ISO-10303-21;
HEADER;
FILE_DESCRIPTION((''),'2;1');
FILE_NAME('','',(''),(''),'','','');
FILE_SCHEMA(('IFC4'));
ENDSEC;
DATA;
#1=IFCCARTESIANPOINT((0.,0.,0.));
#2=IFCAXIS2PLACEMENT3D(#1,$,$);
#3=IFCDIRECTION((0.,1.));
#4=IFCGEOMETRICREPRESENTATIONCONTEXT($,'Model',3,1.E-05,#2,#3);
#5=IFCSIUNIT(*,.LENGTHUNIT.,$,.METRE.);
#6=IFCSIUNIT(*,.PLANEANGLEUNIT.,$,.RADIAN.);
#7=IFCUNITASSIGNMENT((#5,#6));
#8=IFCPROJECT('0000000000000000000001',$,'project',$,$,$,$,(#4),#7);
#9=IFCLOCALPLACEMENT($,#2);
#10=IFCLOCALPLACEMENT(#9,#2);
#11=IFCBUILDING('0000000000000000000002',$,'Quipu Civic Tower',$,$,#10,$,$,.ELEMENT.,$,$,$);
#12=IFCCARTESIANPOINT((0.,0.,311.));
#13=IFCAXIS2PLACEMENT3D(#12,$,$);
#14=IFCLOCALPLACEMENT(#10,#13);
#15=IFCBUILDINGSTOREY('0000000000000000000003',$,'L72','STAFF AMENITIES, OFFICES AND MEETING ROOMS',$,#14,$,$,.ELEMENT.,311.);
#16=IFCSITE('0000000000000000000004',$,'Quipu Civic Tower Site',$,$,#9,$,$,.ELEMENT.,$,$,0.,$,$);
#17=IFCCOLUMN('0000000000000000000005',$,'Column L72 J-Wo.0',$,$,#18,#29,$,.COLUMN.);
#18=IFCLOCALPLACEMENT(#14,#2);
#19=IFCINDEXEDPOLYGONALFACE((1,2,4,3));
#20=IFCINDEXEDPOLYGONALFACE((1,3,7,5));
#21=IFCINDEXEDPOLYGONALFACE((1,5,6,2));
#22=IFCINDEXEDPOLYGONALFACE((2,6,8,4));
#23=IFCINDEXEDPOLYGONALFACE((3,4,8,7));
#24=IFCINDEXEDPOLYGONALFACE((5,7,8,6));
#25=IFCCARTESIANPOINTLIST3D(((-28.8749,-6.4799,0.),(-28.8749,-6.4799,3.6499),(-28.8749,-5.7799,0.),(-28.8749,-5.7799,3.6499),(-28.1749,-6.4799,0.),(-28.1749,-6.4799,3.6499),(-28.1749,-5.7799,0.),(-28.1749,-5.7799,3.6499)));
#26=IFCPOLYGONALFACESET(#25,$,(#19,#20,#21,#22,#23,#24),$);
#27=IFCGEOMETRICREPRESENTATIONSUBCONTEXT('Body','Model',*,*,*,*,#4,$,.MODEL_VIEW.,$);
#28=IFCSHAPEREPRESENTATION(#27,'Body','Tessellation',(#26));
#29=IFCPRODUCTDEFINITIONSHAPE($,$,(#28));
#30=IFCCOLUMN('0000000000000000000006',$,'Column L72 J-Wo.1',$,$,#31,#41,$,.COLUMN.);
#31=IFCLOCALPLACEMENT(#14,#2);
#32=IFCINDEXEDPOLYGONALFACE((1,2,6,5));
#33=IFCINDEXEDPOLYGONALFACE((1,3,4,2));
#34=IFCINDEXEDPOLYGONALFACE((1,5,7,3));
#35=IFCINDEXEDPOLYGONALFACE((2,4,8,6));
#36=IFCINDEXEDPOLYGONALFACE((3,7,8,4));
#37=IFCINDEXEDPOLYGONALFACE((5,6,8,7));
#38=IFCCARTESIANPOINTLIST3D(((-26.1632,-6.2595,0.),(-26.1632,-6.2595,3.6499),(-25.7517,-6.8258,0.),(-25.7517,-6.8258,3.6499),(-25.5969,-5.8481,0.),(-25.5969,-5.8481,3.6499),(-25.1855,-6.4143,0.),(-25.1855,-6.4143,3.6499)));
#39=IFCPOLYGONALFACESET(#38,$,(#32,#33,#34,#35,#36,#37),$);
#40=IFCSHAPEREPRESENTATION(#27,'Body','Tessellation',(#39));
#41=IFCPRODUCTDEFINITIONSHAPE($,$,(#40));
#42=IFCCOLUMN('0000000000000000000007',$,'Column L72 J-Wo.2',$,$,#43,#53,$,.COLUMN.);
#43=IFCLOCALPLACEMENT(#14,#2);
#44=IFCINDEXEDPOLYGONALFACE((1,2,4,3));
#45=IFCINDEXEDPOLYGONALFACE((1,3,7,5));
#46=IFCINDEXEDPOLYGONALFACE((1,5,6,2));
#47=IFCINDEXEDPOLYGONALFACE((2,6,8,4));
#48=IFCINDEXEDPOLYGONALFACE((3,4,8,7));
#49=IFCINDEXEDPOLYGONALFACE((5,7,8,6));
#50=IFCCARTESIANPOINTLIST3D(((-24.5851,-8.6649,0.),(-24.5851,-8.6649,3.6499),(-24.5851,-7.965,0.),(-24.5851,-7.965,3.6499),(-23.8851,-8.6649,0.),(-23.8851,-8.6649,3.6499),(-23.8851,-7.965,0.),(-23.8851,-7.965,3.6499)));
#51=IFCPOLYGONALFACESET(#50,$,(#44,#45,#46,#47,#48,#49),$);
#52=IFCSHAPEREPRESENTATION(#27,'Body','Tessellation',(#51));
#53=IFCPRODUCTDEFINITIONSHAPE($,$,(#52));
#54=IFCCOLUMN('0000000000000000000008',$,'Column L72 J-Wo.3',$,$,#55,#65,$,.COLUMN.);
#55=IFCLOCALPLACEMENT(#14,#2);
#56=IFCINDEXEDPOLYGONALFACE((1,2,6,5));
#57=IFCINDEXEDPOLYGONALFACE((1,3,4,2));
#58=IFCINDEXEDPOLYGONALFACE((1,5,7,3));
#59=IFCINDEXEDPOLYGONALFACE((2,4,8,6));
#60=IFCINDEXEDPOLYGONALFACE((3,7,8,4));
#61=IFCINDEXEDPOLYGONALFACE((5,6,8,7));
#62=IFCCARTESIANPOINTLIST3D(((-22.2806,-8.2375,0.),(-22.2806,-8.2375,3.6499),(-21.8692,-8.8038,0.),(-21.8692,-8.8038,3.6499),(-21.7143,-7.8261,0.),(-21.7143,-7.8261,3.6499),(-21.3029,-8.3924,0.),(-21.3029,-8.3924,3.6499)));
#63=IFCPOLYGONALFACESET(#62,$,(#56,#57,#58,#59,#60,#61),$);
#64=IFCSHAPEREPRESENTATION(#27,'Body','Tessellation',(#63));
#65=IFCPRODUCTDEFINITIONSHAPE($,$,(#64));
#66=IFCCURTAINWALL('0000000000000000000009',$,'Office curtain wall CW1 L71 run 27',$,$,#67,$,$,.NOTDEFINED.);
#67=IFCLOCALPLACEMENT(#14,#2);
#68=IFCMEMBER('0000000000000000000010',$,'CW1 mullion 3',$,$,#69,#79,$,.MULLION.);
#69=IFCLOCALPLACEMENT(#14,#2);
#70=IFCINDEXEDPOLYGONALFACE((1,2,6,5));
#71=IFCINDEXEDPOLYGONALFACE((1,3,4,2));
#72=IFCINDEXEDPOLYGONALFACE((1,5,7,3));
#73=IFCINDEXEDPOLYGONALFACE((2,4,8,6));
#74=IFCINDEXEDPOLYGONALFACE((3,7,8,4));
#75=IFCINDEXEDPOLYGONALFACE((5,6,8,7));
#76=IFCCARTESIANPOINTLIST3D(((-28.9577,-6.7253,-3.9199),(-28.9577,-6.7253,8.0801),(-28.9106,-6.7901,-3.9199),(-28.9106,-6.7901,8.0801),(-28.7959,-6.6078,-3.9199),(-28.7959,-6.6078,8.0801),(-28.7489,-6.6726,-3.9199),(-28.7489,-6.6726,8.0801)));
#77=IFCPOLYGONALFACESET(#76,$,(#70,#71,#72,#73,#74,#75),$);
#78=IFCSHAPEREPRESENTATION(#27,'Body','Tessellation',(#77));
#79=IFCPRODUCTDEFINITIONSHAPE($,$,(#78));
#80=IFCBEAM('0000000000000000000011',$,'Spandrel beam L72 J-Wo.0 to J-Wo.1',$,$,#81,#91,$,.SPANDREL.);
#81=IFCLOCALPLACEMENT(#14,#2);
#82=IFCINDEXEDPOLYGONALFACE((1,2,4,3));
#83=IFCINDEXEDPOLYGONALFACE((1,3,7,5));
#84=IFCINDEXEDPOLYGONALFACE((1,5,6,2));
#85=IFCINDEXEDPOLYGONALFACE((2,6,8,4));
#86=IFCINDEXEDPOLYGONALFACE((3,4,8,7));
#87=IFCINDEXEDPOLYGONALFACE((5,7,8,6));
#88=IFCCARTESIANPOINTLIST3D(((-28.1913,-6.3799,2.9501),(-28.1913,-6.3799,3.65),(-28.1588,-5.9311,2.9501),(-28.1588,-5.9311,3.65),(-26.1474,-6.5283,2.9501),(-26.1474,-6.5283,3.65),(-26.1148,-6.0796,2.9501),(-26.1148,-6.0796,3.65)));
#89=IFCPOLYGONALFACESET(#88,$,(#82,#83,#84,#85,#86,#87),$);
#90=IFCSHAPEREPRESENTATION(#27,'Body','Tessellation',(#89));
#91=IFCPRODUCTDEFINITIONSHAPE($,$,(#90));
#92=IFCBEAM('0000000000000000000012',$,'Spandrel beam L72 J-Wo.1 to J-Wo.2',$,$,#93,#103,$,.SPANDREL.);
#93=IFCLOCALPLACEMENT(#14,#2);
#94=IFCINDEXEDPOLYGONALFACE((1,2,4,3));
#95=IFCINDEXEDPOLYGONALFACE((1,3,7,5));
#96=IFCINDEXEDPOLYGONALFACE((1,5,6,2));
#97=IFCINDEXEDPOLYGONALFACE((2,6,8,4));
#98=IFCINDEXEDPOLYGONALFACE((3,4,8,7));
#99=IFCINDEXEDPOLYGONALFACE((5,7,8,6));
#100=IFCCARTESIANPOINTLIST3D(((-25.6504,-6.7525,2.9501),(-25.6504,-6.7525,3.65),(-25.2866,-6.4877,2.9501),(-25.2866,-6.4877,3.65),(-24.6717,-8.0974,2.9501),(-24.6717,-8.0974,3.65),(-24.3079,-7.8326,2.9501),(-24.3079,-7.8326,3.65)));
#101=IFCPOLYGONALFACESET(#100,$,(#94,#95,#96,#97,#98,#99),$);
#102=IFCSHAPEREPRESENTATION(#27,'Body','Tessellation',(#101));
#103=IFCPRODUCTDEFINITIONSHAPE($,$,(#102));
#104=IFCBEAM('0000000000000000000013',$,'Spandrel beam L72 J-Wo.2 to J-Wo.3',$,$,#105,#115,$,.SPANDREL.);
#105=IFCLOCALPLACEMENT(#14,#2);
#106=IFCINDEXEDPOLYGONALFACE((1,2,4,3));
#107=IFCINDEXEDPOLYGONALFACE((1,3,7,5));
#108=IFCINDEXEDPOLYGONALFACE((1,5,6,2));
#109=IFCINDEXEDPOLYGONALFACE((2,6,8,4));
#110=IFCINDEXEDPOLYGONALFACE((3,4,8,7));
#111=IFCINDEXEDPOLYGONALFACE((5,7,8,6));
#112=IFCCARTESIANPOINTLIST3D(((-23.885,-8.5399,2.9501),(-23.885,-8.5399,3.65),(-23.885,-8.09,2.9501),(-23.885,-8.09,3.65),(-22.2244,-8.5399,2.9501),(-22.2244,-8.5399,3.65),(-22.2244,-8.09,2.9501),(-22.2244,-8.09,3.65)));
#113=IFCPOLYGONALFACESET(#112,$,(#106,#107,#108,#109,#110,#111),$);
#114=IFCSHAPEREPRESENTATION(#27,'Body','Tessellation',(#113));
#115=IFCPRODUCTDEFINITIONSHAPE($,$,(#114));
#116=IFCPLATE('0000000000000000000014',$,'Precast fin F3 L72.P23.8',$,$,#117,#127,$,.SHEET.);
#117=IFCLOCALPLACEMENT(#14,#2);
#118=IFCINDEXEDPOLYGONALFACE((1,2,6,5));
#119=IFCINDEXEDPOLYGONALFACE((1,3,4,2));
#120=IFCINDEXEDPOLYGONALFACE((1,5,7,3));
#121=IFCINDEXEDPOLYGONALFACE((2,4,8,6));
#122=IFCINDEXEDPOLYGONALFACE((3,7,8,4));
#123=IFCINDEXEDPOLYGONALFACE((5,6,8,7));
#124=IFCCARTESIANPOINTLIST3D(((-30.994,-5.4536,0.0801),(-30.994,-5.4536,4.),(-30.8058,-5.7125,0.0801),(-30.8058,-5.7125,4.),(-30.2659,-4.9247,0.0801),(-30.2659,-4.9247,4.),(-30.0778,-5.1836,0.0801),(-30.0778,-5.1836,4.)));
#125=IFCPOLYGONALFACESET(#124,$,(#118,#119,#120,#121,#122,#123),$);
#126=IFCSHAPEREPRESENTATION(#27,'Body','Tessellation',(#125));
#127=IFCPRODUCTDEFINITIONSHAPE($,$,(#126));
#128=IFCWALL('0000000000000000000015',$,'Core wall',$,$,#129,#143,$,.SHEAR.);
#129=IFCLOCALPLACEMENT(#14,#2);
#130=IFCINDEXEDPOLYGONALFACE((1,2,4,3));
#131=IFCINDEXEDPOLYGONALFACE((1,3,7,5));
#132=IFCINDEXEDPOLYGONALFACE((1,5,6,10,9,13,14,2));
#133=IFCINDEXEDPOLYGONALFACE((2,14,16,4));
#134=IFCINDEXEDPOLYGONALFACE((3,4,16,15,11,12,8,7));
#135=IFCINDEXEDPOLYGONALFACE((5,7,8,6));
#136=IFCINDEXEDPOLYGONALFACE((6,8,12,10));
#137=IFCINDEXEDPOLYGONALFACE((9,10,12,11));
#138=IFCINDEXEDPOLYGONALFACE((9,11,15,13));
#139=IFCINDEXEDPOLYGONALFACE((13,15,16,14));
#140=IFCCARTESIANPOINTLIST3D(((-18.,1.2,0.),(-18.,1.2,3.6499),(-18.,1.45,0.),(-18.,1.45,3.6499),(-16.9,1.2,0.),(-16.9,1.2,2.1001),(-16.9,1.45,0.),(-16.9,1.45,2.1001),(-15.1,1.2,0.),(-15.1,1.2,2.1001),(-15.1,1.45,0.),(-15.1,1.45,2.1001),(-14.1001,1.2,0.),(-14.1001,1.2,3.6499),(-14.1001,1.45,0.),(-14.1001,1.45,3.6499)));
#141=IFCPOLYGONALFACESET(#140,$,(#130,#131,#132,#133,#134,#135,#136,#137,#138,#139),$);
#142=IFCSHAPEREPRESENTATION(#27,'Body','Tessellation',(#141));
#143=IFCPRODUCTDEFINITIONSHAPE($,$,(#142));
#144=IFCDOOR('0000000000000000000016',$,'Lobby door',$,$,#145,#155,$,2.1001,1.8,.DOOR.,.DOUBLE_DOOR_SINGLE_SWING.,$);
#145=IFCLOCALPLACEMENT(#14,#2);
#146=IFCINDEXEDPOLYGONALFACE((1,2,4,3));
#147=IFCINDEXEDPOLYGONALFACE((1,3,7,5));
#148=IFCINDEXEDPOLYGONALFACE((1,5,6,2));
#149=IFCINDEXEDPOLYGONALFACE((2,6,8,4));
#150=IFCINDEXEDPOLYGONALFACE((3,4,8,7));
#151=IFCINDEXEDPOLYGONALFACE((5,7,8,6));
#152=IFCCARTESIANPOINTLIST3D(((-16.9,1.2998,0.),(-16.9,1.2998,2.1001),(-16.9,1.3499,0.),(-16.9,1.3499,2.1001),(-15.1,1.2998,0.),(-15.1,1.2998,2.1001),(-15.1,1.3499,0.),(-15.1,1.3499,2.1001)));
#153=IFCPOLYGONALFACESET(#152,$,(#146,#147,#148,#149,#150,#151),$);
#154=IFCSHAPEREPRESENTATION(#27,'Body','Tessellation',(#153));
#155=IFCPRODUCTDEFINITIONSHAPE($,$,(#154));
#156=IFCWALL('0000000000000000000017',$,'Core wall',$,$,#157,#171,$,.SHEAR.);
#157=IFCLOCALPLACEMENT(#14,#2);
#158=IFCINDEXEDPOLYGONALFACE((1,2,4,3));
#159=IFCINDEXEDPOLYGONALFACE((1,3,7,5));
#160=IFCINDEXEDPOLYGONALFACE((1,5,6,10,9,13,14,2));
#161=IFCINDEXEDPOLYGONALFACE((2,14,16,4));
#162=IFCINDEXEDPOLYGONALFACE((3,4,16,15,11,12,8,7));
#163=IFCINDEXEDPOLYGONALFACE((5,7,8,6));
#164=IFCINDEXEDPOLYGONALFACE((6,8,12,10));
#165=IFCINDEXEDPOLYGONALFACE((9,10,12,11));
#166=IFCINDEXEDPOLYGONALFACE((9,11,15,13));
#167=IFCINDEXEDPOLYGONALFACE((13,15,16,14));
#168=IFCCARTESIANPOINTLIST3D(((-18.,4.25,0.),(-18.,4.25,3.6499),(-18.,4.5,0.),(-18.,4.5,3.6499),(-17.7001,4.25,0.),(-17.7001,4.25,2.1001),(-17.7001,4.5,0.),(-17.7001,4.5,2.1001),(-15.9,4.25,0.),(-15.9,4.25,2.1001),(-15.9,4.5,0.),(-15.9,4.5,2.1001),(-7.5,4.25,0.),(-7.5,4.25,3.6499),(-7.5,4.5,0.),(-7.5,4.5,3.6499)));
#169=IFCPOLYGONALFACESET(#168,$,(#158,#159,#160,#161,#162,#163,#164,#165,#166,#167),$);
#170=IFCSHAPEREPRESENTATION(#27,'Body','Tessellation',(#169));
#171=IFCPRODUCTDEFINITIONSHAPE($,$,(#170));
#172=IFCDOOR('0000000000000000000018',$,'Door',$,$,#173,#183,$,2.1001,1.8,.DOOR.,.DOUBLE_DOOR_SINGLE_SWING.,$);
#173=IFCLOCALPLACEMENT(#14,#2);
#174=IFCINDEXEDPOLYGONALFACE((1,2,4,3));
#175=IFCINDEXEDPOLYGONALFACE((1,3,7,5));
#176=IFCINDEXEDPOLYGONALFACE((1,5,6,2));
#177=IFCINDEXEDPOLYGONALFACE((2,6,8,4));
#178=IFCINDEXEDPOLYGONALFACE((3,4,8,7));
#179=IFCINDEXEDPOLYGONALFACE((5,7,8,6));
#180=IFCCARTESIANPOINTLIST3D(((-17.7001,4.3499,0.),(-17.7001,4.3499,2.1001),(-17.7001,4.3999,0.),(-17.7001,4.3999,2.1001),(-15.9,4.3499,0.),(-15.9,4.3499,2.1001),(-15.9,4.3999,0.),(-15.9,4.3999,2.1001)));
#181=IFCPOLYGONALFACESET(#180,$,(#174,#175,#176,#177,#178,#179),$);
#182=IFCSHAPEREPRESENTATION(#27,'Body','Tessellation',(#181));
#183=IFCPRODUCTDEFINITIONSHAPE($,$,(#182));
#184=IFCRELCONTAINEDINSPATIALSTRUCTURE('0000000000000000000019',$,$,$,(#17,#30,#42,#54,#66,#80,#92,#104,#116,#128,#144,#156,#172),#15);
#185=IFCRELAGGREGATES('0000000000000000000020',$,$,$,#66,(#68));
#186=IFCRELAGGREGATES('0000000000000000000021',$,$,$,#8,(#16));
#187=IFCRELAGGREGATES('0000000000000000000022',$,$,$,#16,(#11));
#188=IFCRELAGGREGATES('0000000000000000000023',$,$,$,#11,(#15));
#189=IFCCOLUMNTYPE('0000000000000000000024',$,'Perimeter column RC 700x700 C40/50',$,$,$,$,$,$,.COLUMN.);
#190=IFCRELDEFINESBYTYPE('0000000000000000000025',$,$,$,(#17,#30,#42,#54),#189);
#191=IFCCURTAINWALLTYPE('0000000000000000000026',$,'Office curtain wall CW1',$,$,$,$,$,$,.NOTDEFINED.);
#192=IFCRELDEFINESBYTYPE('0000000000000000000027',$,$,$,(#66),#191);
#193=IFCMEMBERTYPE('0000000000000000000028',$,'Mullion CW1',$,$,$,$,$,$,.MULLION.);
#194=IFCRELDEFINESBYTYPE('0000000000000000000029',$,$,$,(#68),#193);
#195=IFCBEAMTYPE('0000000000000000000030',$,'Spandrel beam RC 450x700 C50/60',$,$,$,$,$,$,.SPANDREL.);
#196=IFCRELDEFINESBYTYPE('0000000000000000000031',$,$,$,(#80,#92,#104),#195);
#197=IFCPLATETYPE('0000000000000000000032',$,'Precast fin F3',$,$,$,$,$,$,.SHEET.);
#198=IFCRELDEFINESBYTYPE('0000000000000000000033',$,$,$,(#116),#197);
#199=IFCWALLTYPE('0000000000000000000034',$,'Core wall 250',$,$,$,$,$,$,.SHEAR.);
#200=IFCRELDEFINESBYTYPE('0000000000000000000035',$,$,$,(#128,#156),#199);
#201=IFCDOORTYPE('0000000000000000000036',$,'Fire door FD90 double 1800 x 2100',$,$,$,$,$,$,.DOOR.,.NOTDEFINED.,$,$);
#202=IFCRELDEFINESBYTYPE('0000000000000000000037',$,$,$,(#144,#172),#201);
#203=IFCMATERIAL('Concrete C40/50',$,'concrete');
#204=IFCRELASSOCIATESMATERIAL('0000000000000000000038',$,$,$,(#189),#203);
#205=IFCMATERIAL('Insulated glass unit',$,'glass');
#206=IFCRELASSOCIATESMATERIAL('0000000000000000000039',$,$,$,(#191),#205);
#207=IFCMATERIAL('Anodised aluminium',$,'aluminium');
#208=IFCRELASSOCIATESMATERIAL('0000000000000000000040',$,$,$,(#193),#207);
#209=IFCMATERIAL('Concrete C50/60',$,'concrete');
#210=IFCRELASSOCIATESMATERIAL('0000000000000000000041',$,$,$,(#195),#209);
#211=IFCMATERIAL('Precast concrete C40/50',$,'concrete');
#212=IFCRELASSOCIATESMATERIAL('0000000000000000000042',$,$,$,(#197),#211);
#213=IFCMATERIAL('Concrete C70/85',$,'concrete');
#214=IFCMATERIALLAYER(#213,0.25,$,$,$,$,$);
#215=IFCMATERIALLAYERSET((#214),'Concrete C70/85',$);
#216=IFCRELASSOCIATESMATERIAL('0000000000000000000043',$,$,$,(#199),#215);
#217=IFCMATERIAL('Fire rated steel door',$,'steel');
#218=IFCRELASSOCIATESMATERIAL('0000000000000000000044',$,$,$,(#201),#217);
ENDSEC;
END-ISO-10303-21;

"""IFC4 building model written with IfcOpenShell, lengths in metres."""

from ifc_helpers import new_model, si_unit, direction, frame, frame_2d, origin, origin_2d, place, context, subcontext, project, spatial, rectangle, extrude, material, layer, layer_set, material_profile, profile_set, type_object, element, fill, aggregate, save


model = new_model("IFC4")

# Units and contexts
model_context = context("Model", 3, precision=1e-05, world=origin(), true_north=direction((0.0, 1.0)))
body_context = subcontext(model_context, "Body", "Model", "MODEL_VIEW")
ifc_project = project(units=[si_unit("LENGTHUNIT", "METRE"), si_unit("PLANEANGLEUNIT", "RADIAN")], contexts=[model_context])

# Site, building, storey
site_placement = place(None, origin())
site = spatial("IfcSite", under=ifc_project, at=site_placement, Name="Quipu Civic Tower Site", CompositionType="ELEMENT", RefElevation=0.0)
building_placement = place(site_placement, origin())
building = spatial("IfcBuilding", under=site, at=building_placement, Name="Quipu Civic Tower", CompositionType="ELEMENT")
storey_placement = place(building_placement, frame((0.0, 0.0, 311.0)))
storey = spatial("IfcBuildingStorey", under=building, at=storey_placement, Name="L72", Description="STAFF AMENITIES, OFFICES AND MEETING ROOMS", CompositionType="ELEMENT", Elevation=311.0)

# Columns
ifc_material_1 = material(Name="Concrete C40/50", Category="concrete")
ifc_material_profile_1 = material_profile(ifc_material_1, rectangle(XDim=0.7, YDim=0.7, at=origin_2d()), Name="RC700x700")
ifc_profile_set_1 = profile_set([ifc_material_profile_1], Name="Concrete C40/50")
column_type = type_object("IfcColumnType", Name="Perimeter column RC 700x700 C40/50", PredefinedType="COLUMN", material=ifc_profile_set_1)
for number, where, z_axis, x_axis, name in (
    (1, (-28.5249, -6.1299, 0.0), (0.0, 0.0, 1.0), (1.0, 0.0, 0.0), "Column L72 J-Wo.0"),
    (2, (-25.6743, -6.3369, 0.0), (0.0, 0.0, 1.0), (0.587785, -0.809017, 0.0), "Column L72 J-Wo.1"),
    (3, (-24.2351, -8.3149, 0.0), (0.0, 0.0, 1.0), (1.0, 0.0, 0.0), "Column L72 J-Wo.2"),
    (4, (-21.7917, -8.3149, 0.0), (0.0, 0.0, 1.0), (0.587785, -0.809017, 0.0), "Column L72 J-Wo.3"),
):
    element("IfcColumn", number, at=place(storey_placement, frame(where, z_axis=z_axis, x_axis=x_axis)), inside=storey, type_object=column_type, Name=name, PredefinedType="COLUMN", context=body_context, shape_type="SweptSolid", body=[
        extrude(rectangle(XDim=0.7, YDim=0.7, at=origin_2d()), origin(), (0.0, 0.0, 1.0), 3.6499),
    ])

# Curtain wall, member
ifc_material_2 = material(Name="Insulated glass unit", Category="glass")
curtain_wall_type = type_object("IfcCurtainWallType", Name="Office curtain wall CW1", PredefinedType="NOTDEFINED", material=ifc_material_2)
curtain_wall_placement = place(storey_placement, origin())
curtain_wall = element("IfcCurtainWall", 5, at=curtain_wall_placement, inside=storey, type_object=curtain_wall_type, Name="Office curtain wall CW1 L71 run 27", PredefinedType="NOTDEFINED")
ifc_material_3 = material(Name="Anodised aluminium", Category="aluminium")
ifc_material_profile_2 = material_profile(ifc_material_3, rectangle(XDim=0.2, YDim=0.0801, at=origin_2d()), Name="RECT 200x80")
ifc_profile_set_2 = profile_set([ifc_material_profile_2], Name="Anodised aluminium")
member_type = type_object("IfcMemberType", Name="Mullion CW1", PredefinedType="MULLION", material=ifc_profile_set_2)
member_placement = place(storey_placement, frame((-28.8533, -6.699, -3.9199), z_axis=(0.0, 0.0, 1.0), x_axis=(0.809016, 0.587786, 0.0)))
member = element("IfcMember", 6, at=member_placement, type_object=member_type, Name="CW1 mullion 3", PredefinedType="MULLION", context=body_context, shape_type="SweptSolid", body=[
    extrude(rectangle(XDim=0.2, YDim=0.0801, at=origin_2d()), origin(), (0.0, 0.0, 1.0), 12.0),
])
aggregate(curtain_wall, [member])

# Beams
ifc_material_4 = material(Name="Concrete C50/60", Category="concrete")
ifc_material_profile_3 = material_profile(ifc_material_4, rectangle(XDim=0.45, YDim=0.7, at=origin_2d()), Name="RC450x700")
ifc_profile_set_3 = profile_set([ifc_material_profile_3], Name="Concrete C50/60")
beam_type = type_object("IfcBeamType", Name="Spandrel beam RC 450x700 C50/60", PredefinedType="SPANDREL", material=ifc_profile_set_3)
beam_1_placement = place(storey_placement, frame((-28.175, -6.1555, 3.3), z_axis=(0.997373, -0.072432, 0.0), x_axis=(0.072432, 0.997373, 0.0)))
element("IfcBeam", 7, at=beam_1_placement, inside=storey, type_object=beam_type, Name="Spandrel beam L72 J-Wo.0 to J-Wo.1", PredefinedType="SPANDREL", context=body_context, shape_type="SweptSolid", body=[
    extrude(rectangle(XDim=0.45, YDim=0.7, at=origin_2d()), origin(), (0.0, 0.0, 1.0), 2.0493),
])
beam_2_placement = place(storey_placement, frame((-25.4685, -6.6201, 3.3), z_axis=(0.588407, -0.808565, 0.0), x_axis=(0.808565, 0.588407, 0.0)))
element("IfcBeam", 8, at=beam_2_placement, inside=storey, type_object=beam_type, Name="Spandrel beam L72 J-Wo.1 to J-Wo.2", PredefinedType="SPANDREL", context=body_context, shape_type="SweptSolid", body=[
    extrude(rectangle(XDim=0.45, YDim=0.7, at=origin_2d()), origin(), (0.0, 0.0, 1.0), 1.6633),
])
beam_3_placement = place(storey_placement, frame((-23.885, -8.3149, 3.3), z_axis=(1.0, 0.0, 0.0), x_axis=(0.0, 1.0, 0.0)))
element("IfcBeam", 9, at=beam_3_placement, inside=storey, type_object=beam_type, Name="Spandrel beam L72 J-Wo.2 to J-Wo.3", PredefinedType="SPANDREL", context=body_context, shape_type="SweptSolid", body=[
    extrude(rectangle(XDim=0.45, YDim=0.7, at=origin_2d()), origin(), (0.0, 0.0, 1.0), 1.6606),
])

# Plate
ifc_material_5 = material(Name="Precast concrete C40/50", Category="concrete")
plate_type = type_object("IfcPlateType", Name="Precast fin F3", PredefinedType="SHEET", material=ifc_material_5)
plate_placement = place(storey_placement, frame((-30.5359, -5.3186, 0.0801), z_axis=(0.0, 0.0, 1.0), x_axis=(0.587787, -0.809016, 0.0)))
element("IfcPlate", 10, at=plate_placement, inside=storey, type_object=plate_type, Name="Precast fin F3 L72.P23.8", PredefinedType="SHEET", context=body_context, shape_type="SweptSolid", body=[
    extrude(rectangle(XDim=0.3201, YDim=0.8999, at=origin_2d()), origin(), (0.0, 0.0, 1.0), 3.9199),
])

# Walls, openings, doors
ifc_material_6 = material(Name="Concrete C70/85", Category="concrete")
ifc_layer_1 = layer(ifc_material_6, 0.25)
ifc_layer_set_1 = layer_set([ifc_layer_1], Name="Concrete C70/85")
wall_type_1 = type_object("IfcWallType", Name="Core wall 250", PredefinedType="SHEAR", material=ifc_layer_set_1)
wall_1_placement = place(storey_placement, frame((-18.0, 1.325, 0.0), z_axis=(0.0, 0.0, 1.0), x_axis=(1.0, 0.0, 0.0)))
wall_1 = element("IfcWall", 11, at=wall_1_placement, inside=storey, type_object=wall_type_1, Name="Core wall", PredefinedType="SHEAR", context=body_context, shape_type="SweptSolid", body=[
    extrude(rectangle(XDim=3.8999, YDim=0.25, at=frame_2d((1.95, 0.0))), origin(), (0.0, 0.0, 1.0), 3.6499),
])
opening_1_placement = place(wall_1_placement, frame((1.1001, 0.0, 0.0)))
opening_1 = element("IfcOpeningElement", 12, at=opening_1_placement, cuts=wall_1, PredefinedType="OPENING", context=body_context, shape_type="SweptSolid", body=[
    extrude(rectangle(XDim=1.8, YDim=2.1001, at=frame_2d((0.8999, 1.05))), frame((0.0, 0.135, 0.0), z_axis=(0.0, -1.0, 0.0), x_axis=(1.0, 0.0, 0.0)), (0.0, 0.0, 1.0), 0.27),
])
ifc_material_7 = material(Name="Fire rated steel door", Category="steel")
door_type_1 = type_object("IfcDoorType", Name="Fire door FD90 double 1800 x 2100", OperationType="NOTDEFINED", PredefinedType="DOOR", material=ifc_material_7)
door_1_placement = place(opening_1_placement, origin())
door_1 = element("IfcDoor", 13, at=door_1_placement, inside=storey, type_object=door_type_1, Name="Lobby door", OperationType="DOUBLE_DOOR_SINGLE_SWING", OverallHeight=2.1001, OverallWidth=1.8, PredefinedType="DOOR", context=body_context, shape_type="SweptSolid", body=[
    extrude(rectangle(XDim=1.8, YDim=2.1001, at=frame_2d((0.8999, 1.05))), frame((0.0, 0.0249, 0.0), z_axis=(0.0, -1.0, 0.0), x_axis=(1.0, 0.0, 0.0)), (0.0, 0.0, 1.0), 0.05),
])
fill(opening_1, door_1)
wall_2_placement = place(storey_placement, frame((-18.0, 4.375, 0.0), z_axis=(0.0, 0.0, 1.0), x_axis=(1.0, 0.0, 0.0)))
wall_2 = element("IfcWall", 14, at=wall_2_placement, inside=storey, type_object=wall_type_1, Name="Core wall", PredefinedType="SHEAR", context=body_context, shape_type="SweptSolid", body=[
    extrude(rectangle(XDim=10.5, YDim=0.25, at=frame_2d((5.25, 0.0))), origin(), (0.0, 0.0, 1.0), 3.6499),
])
opening_2_placement = place(wall_2_placement, frame((0.3, 0.0, 0.0)))
opening_2 = element("IfcOpeningElement", 15, at=opening_2_placement, cuts=wall_2, PredefinedType="OPENING", context=body_context, shape_type="SweptSolid", body=[
    extrude(rectangle(XDim=1.8, YDim=2.1001, at=frame_2d((0.8999, 1.05))), frame((0.0, 0.135, 0.0), z_axis=(0.0, -1.0, 0.0), x_axis=(1.0, 0.0, 0.0)), (0.0, 0.0, 1.0), 0.27),
])
door_2_placement = place(opening_2_placement, origin())
door_2 = element("IfcDoor", 16, at=door_2_placement, inside=storey, type_object=door_type_1, Name="Door", OperationType="DOUBLE_DOOR_SINGLE_SWING", OverallHeight=2.1001, OverallWidth=1.8, PredefinedType="DOOR", context=body_context, shape_type="SweptSolid", body=[
    extrude(rectangle(XDim=1.8, YDim=2.1001, at=frame_2d((0.8999, 1.05))), frame((0.0, 0.0249, 0.0), z_axis=(0.0, -1.0, 0.0), x_axis=(1.0, 0.0, 0.0)), (0.0, 0.0, 1.0), 0.05),
])
fill(opening_2, door_2)

save(model, "model.ifc")
